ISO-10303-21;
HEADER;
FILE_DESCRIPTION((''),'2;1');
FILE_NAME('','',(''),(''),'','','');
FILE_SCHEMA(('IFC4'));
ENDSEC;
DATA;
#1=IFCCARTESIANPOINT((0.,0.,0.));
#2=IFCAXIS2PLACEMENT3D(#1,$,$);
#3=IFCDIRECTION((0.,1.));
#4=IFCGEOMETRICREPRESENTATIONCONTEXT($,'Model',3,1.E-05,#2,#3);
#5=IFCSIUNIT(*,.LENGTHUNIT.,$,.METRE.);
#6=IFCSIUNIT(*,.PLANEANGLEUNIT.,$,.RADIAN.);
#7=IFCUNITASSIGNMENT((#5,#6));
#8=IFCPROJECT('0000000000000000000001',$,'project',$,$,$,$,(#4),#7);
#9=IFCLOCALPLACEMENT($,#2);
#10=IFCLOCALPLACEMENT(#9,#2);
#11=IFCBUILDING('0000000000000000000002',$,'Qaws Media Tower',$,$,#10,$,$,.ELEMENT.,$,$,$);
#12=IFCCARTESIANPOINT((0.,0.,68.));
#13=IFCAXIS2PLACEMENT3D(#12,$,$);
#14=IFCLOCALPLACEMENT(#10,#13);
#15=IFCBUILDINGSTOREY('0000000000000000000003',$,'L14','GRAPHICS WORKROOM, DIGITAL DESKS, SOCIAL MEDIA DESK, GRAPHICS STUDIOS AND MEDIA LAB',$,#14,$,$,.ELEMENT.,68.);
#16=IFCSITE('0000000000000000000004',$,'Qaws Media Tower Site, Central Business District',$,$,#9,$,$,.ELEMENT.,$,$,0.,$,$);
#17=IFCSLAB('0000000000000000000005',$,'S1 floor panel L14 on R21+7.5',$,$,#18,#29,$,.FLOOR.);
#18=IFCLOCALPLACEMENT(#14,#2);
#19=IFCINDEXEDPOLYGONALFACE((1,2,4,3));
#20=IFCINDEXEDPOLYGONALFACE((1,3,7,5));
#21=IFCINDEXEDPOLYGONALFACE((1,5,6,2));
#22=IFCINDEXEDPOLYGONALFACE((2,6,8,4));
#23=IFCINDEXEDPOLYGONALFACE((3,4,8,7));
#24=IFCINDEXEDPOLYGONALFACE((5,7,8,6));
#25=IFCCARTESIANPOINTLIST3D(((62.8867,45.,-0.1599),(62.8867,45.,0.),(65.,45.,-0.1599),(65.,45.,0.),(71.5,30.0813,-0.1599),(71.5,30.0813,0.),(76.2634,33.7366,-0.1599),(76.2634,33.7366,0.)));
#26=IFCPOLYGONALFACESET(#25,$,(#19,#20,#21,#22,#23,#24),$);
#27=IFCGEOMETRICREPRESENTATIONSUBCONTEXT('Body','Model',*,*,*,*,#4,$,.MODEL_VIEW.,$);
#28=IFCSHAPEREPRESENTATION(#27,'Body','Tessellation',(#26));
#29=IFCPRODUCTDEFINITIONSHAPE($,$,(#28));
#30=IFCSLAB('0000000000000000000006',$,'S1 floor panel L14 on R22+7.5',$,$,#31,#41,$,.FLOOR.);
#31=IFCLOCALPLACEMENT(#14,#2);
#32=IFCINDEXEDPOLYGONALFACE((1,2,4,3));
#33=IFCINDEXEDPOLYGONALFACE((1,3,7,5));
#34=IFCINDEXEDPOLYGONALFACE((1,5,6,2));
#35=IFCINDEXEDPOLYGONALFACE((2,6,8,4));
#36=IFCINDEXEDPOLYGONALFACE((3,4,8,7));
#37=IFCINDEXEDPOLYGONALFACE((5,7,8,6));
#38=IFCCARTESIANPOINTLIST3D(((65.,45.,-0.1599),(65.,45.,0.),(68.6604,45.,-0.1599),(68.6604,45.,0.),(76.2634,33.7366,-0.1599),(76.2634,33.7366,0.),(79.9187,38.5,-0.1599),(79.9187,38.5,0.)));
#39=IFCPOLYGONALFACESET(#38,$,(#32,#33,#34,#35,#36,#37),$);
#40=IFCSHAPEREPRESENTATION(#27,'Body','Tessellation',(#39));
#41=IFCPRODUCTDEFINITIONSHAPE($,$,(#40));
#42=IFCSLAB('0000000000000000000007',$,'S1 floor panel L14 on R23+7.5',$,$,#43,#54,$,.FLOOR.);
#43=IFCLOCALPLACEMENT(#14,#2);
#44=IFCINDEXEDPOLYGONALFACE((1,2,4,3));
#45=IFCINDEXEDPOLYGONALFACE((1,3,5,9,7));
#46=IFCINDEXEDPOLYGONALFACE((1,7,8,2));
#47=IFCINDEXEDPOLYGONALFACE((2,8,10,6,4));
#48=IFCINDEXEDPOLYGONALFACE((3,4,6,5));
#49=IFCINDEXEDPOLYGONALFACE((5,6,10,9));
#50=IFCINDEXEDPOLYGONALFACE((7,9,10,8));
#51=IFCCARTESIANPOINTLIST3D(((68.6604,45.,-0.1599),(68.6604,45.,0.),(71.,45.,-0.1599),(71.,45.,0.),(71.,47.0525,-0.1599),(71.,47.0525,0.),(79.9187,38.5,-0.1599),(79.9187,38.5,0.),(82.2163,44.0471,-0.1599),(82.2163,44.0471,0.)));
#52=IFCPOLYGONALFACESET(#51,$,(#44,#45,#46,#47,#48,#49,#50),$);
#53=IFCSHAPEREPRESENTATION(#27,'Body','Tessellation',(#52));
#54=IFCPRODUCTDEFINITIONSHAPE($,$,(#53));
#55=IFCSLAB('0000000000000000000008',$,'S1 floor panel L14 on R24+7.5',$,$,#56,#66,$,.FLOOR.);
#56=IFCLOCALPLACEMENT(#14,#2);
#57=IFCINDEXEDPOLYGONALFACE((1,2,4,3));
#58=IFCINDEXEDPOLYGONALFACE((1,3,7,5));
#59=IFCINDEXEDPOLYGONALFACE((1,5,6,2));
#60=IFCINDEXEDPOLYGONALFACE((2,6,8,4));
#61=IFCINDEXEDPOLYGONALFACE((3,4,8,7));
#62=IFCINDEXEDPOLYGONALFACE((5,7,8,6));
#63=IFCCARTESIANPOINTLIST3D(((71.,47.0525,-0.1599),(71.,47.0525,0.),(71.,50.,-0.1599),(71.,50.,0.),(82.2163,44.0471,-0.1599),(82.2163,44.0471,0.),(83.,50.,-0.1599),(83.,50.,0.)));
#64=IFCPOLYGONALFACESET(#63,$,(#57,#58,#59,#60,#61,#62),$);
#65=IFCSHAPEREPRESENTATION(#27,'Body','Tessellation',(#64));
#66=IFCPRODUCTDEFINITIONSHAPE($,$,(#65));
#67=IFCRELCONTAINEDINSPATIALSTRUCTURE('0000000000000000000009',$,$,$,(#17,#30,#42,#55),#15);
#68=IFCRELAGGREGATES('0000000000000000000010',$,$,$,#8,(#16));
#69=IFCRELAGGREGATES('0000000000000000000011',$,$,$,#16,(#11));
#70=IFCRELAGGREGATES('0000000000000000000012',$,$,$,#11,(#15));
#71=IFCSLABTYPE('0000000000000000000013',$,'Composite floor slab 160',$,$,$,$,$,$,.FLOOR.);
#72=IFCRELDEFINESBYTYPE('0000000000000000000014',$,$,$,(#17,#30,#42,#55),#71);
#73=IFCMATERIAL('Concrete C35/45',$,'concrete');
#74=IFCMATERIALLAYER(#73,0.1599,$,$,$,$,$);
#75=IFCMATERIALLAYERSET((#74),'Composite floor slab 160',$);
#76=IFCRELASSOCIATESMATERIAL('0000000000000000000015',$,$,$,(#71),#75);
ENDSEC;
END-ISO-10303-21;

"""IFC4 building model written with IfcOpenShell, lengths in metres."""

from ifc_helpers import new_model, si_unit, direction, frame, origin, place, context, subcontext, project, spatial, polyline, outline, extrude, material, layer, layer_set, type_object, element, save


model = new_model("IFC4")

# Units and contexts
model_context = context("Model", 3, precision=1e-05, world=origin(), true_north=direction((0.0, 1.0)))
body_context = subcontext(model_context, "Body", "Model", "MODEL_VIEW")
ifc_project = project(units=[si_unit("LENGTHUNIT", "METRE"), si_unit("PLANEANGLEUNIT", "RADIAN")], contexts=[model_context])

# Site, building, storey
site_placement = place(None, origin())
site = spatial("IfcSite", under=ifc_project, at=site_placement, Name="Qaws Media Tower Site, Central Business District", CompositionType="ELEMENT", RefElevation=0.0)
building_placement = place(site_placement, origin())
building = spatial("IfcBuilding", under=site, at=building_placement, Name="Qaws Media Tower", CompositionType="ELEMENT")
storey_placement = place(building_placement, frame((0.0, 0.0, 68.0)))
storey = spatial("IfcBuildingStorey", under=building, at=storey_placement, Name="L14", Description="GRAPHICS WORKROOM, DIGITAL DESKS, SOCIAL MEDIA DESK, GRAPHICS STUDIOS AND MEDIA LAB", CompositionType="ELEMENT", Elevation=68.0)

# Slabs
ifc_material_1 = material(Name="Concrete C35/45", Category="concrete")
ifc_layer_1 = layer(ifc_material_1, 0.1599)
ifc_layer_set_1 = layer_set([ifc_layer_1], Name="Composite floor slab 160")
slab_type_1 = type_object("IfcSlabType", Name="Composite floor slab 160", PredefinedType="FLOOR", material=ifc_layer_set_1)
slab_1_placement = place(storey_placement, frame((0.0, 0.0, -0.1599)))
element("IfcSlab", 1, at=slab_1_placement, inside=storey, type_object=slab_type_1, Name="S1 floor panel L14 on R21+7.5", PredefinedType="FLOOR", context=body_context, shape_type="SweptSolid", body=[
    extrude(outline(polyline([(76.2634, 33.7366), (71.5, 30.0813), (62.8867, 45.0), (65.0, 45.0), (76.2634, 33.7366)])), origin(), (0.0, 0.0, 1.0), 0.1599),
])
slab_2_placement = place(storey_placement, frame((0.0, 0.0, -0.1599)))
element("IfcSlab", 2, at=slab_2_placement, inside=storey, type_object=slab_type_1, Name="S1 floor panel L14 on R22+7.5", PredefinedType="FLOOR", context=body_context, shape_type="SweptSolid", body=[
    extrude(outline(polyline([(79.9187, 38.5), (76.2634, 33.7366), (65.0, 45.0), (68.6604, 45.0), (79.9187, 38.5)])), origin(), (0.0, 0.0, 1.0), 0.1599),
])
slab_3_placement = place(storey_placement, frame((0.0, 0.0, -0.1599)))
element("IfcSlab", 3, at=slab_3_placement, inside=storey, type_object=slab_type_1, Name="S1 floor panel L14 on R23+7.5", PredefinedType="FLOOR", context=body_context, shape_type="SweptSolid", body=[
    extrude(outline(polyline([(79.9187, 38.5), (68.6604, 45.0), (71.0, 45.0), (71.0, 47.0525), (82.2163, 44.0471), (79.9187, 38.5)])), origin(), (0.0, 0.0, 1.0), 0.1599),
])
slab_4_placement = place(storey_placement, frame((0.0, 0.0, -0.1599)))
element("IfcSlab", 4, at=slab_4_placement, inside=storey, type_object=slab_type_1, Name="S1 floor panel L14 on R24+7.5", PredefinedType="FLOOR", context=body_context, shape_type="SweptSolid", body=[
    extrude(outline(polyline([(82.2163, 44.0471), (71.0, 47.0525), (71.0, 50.0), (83.0, 50.0), (82.2163, 44.0471)])), origin(), (0.0, 0.0, 1.0), 0.1599),
])

save(model, "model.ifc")
